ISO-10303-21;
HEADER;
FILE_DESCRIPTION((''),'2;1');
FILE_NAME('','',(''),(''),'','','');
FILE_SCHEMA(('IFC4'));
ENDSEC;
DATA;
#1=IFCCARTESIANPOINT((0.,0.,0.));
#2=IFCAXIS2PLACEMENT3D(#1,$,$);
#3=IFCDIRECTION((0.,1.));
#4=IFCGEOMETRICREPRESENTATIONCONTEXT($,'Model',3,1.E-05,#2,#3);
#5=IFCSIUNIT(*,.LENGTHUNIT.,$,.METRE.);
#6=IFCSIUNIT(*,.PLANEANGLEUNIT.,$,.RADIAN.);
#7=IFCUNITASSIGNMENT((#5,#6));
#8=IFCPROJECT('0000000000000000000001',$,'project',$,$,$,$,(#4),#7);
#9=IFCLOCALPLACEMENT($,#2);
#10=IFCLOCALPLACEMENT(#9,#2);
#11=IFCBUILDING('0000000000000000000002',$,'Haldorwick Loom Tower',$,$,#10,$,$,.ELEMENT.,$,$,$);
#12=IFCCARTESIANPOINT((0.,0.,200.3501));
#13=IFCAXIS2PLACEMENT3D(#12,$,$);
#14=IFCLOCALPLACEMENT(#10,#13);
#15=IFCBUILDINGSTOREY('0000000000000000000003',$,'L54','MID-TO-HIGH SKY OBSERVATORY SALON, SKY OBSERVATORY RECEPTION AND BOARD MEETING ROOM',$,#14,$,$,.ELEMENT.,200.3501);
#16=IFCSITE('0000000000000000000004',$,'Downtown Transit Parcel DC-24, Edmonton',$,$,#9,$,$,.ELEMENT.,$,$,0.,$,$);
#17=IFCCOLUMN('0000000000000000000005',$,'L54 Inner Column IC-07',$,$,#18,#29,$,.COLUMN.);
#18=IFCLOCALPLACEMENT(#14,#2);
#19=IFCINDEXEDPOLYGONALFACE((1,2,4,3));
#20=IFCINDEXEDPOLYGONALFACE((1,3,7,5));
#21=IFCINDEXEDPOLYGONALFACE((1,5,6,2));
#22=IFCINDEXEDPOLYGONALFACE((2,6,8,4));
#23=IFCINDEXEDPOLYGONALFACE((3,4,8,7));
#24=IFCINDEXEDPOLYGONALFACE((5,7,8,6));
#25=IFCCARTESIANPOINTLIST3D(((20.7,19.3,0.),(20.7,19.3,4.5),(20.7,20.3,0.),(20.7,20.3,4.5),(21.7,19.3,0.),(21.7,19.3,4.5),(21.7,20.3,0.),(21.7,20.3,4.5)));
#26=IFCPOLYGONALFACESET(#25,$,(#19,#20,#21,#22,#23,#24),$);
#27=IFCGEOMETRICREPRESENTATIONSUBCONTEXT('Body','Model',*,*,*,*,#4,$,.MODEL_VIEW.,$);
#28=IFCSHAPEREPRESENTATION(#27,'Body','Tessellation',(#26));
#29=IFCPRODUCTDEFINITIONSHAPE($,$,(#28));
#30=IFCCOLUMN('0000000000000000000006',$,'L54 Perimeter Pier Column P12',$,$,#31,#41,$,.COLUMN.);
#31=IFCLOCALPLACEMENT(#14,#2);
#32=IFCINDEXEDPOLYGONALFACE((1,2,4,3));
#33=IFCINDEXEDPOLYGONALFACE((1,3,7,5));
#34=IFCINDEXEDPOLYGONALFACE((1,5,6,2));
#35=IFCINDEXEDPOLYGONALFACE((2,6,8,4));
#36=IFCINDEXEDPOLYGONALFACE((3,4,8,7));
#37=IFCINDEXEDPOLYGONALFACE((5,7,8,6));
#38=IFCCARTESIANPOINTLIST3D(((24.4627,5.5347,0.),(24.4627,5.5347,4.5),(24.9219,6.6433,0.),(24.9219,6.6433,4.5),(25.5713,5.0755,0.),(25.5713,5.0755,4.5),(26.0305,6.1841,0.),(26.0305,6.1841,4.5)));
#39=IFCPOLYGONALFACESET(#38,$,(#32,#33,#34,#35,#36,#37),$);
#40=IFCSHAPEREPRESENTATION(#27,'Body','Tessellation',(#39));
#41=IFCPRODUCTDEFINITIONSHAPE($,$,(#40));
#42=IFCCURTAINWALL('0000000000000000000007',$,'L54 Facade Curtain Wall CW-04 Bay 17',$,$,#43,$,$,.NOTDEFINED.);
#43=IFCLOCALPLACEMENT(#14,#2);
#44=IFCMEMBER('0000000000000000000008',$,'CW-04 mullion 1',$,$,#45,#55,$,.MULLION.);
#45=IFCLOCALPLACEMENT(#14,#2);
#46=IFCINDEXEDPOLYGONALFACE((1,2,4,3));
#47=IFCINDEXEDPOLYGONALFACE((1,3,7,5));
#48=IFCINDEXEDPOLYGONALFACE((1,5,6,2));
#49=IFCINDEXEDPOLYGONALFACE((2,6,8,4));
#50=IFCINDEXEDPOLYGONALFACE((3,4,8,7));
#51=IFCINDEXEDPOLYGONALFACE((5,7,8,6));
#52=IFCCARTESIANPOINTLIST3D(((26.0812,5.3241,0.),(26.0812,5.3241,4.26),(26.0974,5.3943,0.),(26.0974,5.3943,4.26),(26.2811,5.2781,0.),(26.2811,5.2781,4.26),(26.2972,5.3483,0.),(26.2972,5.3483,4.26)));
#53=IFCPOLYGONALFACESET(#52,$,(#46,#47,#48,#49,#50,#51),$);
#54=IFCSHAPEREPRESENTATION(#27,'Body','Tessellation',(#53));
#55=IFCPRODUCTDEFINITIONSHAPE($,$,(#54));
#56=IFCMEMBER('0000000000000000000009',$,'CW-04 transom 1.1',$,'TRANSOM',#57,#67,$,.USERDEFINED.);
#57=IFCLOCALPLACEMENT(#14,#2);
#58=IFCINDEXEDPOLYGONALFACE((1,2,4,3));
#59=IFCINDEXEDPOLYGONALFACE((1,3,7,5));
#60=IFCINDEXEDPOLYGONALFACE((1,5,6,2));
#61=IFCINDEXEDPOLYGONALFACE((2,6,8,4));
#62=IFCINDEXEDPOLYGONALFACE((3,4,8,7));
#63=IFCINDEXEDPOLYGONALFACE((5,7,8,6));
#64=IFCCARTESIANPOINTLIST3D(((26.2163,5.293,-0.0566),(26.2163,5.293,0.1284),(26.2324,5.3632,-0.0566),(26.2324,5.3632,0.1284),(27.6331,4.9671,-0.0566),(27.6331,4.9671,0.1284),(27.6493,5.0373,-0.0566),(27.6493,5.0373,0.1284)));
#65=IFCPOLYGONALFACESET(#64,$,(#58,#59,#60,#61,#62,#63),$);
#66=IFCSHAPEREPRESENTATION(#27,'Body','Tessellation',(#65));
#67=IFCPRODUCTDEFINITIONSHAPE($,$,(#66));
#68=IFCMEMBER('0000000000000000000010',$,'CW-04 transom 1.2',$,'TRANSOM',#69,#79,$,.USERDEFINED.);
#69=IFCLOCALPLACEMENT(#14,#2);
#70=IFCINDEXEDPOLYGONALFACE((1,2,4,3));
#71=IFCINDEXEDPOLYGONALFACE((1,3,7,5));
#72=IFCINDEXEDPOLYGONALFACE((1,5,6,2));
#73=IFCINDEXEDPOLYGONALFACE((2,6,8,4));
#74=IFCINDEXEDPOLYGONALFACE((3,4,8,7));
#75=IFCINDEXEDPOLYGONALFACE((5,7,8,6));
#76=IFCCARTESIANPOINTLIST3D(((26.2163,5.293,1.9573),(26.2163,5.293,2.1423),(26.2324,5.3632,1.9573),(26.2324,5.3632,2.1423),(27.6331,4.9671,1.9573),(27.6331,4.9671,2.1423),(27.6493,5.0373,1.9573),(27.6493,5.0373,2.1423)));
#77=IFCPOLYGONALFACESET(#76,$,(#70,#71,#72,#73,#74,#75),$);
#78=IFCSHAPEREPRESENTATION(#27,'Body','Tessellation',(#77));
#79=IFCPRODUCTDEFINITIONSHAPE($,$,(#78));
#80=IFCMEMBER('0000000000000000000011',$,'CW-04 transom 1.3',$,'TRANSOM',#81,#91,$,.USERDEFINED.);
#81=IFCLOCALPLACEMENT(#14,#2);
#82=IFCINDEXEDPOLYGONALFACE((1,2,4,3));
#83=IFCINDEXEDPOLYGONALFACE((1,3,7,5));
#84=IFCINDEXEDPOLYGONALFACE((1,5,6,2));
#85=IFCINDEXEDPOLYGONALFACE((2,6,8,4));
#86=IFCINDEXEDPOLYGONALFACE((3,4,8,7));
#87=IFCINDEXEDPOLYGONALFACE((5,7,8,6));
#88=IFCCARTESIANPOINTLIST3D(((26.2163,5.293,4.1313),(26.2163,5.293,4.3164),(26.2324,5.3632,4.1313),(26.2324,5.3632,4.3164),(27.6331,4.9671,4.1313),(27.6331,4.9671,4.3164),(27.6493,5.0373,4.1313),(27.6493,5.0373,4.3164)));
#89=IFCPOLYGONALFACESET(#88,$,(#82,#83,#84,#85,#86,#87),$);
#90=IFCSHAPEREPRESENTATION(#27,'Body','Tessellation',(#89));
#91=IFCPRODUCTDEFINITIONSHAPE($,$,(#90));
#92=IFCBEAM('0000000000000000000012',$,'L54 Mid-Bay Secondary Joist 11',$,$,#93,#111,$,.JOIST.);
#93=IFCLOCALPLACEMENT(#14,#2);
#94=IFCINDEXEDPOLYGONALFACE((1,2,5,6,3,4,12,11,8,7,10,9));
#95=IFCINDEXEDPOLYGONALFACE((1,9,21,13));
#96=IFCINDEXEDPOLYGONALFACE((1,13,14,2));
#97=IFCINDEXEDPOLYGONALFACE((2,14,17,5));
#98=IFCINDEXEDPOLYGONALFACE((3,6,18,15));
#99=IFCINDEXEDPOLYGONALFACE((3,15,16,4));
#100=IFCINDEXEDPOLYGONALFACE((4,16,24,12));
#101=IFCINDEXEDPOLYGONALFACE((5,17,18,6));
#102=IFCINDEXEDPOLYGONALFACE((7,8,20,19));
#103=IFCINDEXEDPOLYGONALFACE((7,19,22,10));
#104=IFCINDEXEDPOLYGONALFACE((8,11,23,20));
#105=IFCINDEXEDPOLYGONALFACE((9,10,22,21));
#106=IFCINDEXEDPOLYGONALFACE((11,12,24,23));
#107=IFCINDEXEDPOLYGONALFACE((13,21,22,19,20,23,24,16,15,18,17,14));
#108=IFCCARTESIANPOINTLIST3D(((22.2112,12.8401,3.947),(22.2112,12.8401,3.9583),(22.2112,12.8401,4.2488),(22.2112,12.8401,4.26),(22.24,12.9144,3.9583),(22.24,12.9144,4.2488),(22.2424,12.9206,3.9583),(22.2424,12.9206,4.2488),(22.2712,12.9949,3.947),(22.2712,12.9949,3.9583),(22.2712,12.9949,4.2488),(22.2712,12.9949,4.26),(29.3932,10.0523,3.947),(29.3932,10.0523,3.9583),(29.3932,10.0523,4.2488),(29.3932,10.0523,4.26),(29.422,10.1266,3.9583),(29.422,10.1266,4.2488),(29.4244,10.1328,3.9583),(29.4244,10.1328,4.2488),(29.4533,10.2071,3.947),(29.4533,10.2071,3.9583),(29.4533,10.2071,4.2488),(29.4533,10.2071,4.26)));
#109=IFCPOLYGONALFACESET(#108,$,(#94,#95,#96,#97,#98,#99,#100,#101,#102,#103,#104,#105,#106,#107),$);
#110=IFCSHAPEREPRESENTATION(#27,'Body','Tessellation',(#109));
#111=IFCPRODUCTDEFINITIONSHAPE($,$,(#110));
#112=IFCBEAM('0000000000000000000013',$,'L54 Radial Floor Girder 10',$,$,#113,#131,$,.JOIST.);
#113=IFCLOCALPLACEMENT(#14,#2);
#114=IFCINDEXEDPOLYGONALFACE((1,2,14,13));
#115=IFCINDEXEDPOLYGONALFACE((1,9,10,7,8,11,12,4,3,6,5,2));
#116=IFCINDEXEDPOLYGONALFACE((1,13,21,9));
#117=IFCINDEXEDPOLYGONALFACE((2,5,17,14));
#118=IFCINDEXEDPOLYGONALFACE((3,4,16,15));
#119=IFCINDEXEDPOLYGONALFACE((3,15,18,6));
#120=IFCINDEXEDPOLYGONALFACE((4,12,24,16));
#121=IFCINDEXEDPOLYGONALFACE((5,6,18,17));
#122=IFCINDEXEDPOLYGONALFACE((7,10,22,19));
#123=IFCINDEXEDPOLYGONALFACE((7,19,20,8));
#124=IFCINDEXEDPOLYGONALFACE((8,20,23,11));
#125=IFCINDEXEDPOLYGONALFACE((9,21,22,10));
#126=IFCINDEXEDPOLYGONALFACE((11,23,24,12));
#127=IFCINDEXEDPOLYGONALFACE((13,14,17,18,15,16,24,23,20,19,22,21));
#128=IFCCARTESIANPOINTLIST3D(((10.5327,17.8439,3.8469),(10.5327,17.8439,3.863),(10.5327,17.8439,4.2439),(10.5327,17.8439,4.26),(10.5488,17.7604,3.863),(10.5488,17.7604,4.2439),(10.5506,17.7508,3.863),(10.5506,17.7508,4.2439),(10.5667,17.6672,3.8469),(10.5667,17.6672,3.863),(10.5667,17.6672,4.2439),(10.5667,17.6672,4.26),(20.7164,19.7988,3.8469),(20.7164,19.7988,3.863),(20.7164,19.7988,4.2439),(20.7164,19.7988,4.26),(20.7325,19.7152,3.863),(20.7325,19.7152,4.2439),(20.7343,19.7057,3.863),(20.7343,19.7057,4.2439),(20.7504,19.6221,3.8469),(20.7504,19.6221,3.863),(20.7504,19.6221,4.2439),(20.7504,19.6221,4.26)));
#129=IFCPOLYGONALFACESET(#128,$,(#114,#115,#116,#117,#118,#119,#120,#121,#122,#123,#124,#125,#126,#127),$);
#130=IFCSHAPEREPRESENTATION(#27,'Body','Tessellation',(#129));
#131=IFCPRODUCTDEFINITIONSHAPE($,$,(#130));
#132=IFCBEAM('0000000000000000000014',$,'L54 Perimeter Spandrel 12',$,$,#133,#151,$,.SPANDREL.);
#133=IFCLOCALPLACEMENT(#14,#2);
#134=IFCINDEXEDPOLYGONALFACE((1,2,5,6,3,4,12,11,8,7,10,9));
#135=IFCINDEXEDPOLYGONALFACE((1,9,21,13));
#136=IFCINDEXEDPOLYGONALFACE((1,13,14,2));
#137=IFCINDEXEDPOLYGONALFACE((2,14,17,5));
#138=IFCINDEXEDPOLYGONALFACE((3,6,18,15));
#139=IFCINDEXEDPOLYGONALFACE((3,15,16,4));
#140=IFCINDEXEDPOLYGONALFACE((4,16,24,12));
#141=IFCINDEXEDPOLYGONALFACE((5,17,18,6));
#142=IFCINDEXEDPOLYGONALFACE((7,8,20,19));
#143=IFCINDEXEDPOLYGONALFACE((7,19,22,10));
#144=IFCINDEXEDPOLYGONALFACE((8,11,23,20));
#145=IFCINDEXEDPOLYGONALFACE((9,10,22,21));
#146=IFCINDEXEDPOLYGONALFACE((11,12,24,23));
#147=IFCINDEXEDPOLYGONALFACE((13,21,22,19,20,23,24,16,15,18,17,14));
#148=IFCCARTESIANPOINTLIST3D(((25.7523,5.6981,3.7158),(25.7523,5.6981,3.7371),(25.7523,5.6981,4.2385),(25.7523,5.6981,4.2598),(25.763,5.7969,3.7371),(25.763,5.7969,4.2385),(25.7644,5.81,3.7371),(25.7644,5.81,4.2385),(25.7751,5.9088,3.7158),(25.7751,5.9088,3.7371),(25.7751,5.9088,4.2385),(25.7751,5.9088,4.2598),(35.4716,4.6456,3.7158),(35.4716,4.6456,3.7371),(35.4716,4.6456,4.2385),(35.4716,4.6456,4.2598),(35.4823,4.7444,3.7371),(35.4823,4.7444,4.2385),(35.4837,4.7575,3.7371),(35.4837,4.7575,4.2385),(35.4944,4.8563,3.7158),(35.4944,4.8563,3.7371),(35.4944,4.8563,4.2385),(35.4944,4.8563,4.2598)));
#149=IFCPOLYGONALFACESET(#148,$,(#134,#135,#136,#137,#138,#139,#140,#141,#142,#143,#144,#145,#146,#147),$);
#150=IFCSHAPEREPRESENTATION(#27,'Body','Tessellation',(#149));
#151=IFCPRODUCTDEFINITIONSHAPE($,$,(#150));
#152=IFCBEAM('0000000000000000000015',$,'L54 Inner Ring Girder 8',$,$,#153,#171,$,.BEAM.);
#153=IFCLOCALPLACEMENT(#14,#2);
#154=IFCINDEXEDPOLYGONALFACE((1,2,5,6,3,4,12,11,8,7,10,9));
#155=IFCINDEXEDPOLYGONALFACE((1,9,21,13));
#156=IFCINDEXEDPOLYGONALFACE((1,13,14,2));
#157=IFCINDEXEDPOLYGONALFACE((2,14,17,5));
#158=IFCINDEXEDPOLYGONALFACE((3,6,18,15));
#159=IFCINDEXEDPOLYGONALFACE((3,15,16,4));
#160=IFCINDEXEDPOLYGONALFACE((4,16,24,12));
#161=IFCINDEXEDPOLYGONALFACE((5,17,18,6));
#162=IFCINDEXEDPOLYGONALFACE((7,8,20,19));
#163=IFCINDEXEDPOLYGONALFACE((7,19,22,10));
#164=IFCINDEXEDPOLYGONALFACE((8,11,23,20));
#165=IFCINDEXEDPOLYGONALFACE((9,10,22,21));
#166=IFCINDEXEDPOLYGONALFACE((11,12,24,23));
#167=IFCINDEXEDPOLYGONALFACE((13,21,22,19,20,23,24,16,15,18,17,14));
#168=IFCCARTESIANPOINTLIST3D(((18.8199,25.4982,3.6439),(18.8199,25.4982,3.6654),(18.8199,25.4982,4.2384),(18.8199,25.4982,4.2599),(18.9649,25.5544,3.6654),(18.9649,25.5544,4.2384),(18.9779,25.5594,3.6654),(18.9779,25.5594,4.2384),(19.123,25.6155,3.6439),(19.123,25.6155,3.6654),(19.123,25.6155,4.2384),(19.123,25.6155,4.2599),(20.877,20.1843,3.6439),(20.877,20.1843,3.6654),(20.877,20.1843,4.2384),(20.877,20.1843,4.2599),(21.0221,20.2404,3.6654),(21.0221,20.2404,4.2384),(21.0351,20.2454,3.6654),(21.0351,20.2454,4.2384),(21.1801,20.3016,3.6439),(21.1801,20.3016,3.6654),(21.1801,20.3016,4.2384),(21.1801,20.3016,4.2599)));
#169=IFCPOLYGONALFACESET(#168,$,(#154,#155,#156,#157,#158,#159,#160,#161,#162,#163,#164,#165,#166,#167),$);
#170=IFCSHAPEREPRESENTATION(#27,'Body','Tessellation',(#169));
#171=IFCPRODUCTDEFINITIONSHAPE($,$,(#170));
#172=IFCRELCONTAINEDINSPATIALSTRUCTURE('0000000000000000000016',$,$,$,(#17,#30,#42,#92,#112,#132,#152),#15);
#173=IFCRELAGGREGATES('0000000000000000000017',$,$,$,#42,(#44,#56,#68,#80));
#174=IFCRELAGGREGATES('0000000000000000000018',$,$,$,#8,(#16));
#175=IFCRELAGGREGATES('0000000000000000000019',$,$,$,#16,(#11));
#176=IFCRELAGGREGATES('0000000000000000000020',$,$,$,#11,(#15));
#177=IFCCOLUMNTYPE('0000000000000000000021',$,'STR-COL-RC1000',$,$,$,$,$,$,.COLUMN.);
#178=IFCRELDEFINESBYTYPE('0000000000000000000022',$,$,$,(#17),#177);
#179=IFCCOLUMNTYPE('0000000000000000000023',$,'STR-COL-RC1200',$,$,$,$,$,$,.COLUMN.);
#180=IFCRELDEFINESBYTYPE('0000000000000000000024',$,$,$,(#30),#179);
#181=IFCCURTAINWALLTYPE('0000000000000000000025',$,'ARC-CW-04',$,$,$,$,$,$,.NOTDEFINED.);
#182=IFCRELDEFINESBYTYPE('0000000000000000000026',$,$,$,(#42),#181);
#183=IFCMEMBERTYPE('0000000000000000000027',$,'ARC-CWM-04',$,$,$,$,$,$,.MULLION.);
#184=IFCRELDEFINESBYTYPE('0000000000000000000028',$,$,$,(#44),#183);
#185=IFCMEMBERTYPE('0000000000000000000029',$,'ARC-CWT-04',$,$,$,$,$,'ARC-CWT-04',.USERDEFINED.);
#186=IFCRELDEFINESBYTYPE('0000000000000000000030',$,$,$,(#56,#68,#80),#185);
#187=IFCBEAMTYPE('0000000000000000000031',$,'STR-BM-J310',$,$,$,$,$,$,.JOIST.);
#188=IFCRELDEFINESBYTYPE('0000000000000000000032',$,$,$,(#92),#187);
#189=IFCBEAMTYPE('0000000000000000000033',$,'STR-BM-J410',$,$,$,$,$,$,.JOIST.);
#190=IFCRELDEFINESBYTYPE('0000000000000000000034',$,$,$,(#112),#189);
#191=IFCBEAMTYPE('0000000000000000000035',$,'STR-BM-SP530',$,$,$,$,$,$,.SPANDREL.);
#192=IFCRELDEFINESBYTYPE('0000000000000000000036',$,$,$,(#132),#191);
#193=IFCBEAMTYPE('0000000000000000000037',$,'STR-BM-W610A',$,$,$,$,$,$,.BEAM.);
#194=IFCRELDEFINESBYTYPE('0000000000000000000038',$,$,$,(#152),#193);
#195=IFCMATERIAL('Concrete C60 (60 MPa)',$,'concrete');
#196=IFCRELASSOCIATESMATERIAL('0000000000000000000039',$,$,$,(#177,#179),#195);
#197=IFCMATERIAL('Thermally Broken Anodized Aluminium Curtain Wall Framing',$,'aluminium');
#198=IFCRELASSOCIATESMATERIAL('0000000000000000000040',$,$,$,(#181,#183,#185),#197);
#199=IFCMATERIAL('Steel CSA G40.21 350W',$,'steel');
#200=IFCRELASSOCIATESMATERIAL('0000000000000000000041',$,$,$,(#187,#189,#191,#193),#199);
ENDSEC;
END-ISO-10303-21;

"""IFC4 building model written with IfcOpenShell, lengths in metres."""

from ifc_helpers import new_model, si_unit, direction, frame, origin, origin_2d, place, context, subcontext, project, spatial, rectangle, i_section, extrude, material, material_profile, profile_set, type_object, element, aggregate, save


model = new_model("IFC4")

# Units and contexts
model_context = context("Model", 3, precision=1e-05, world=origin(), true_north=direction((0.0, 1.0)))
body_context = subcontext(model_context, "Body", "Model", "MODEL_VIEW")
ifc_project = project(units=[si_unit("LENGTHUNIT", "METRE"), si_unit("PLANEANGLEUNIT", "RADIAN")], contexts=[model_context])

# Site, building, storey
site_placement = place(None, origin())
site = spatial("IfcSite", under=ifc_project, at=site_placement, Name="Downtown Transit Parcel DC-24, Edmonton", CompositionType="ELEMENT", RefElevation=0.0)
building_placement = place(site_placement, origin())
building = spatial("IfcBuilding", under=site, at=building_placement, Name="Haldorwick Loom Tower", CompositionType="ELEMENT")
storey_placement = place(building_placement, frame((0.0, 0.0, 200.3501)))
storey = spatial("IfcBuildingStorey", under=building, at=storey_placement, Name="L54", Description="MID-TO-HIGH SKY OBSERVATORY SALON, SKY OBSERVATORY RECEPTION AND BOARD MEETING ROOM", CompositionType="ELEMENT", Elevation=200.3501)

# Columns
ifc_material_1 = material(Name="Concrete C60 (60 MPa)", Category="concrete")
ifc_material_profile_1 = material_profile(ifc_material_1, rectangle(XDim=1.0, YDim=1.0, at=origin_2d()), Name="RC1000X1000", Category="concrete")
ifc_profile_set_1 = profile_set([ifc_material_profile_1], Name="Concrete C60 (60 MPa)")
column_type_1 = type_object("IfcColumnType", Name="STR-COL-RC1000", PredefinedType="COLUMN", material=ifc_profile_set_1)
column_1_placement = place(storey_placement, frame((21.2, 19.8, 0.0), z_axis=(0.0, 0.0, 1.0), x_axis=(1.0, 0.0, 0.0)))
element("IfcColumn", 1, at=column_1_placement, inside=storey, type_object=column_type_1, Name="L54 Inner Column IC-07", PredefinedType="COLUMN", context=body_context, shape_type="SweptSolid", body=[
    extrude(rectangle(XDim=1.0, YDim=1.0, at=origin_2d()), origin(), (0.0, 0.0, 1.0), 4.5),
])
ifc_material_profile_2 = material_profile(ifc_material_1, rectangle(XDim=1.2, YDim=1.2, at=origin_2d()), Name="RC1200X1200", Category="concrete")
ifc_profile_set_2 = profile_set([ifc_material_profile_2], Name="Concrete C60 (60 MPa)")
column_type_2 = type_object("IfcColumnType", Name="STR-COL-RC1200", PredefinedType="COLUMN", material=ifc_profile_set_2)
column_2_placement = place(storey_placement, frame((25.2466, 5.8594, 0.0), z_axis=(0.0, 0.0, 1.0), x_axis=(-0.382683, -0.92388, 0.0)))
element("IfcColumn", 2, at=column_2_placement, inside=storey, type_object=column_type_2, Name="L54 Perimeter Pier Column P12", PredefinedType="COLUMN", context=body_context, shape_type="SweptSolid", body=[
    extrude(rectangle(XDim=1.2, YDim=1.2, at=origin_2d()), origin(), (0.0, 0.0, 1.0), 4.5),
])

# Curtain wall, members
ifc_material_2 = material(Name="Thermally Broken Anodized Aluminium Curtain Wall Framing", Category="aluminium")
curtain_wall_type = type_object("IfcCurtainWallType", Name="ARC-CW-04", PredefinedType="NOTDEFINED", material=ifc_material_2)
curtain_wall_placement = place(storey_placement, origin())
curtain_wall = element("IfcCurtainWall", 3, at=curtain_wall_placement, inside=storey, type_object=curtain_wall_type, Name="L54 Facade Curtain Wall CW-04 Bay 17", PredefinedType="NOTDEFINED")
ifc_material_profile_3 = material_profile(ifc_material_2, rectangle(XDim=0.072, YDim=0.2051, at=origin_2d()), Name="ALU_MUL_72X205", Category="aluminium")
ifc_profile_set_3 = profile_set([ifc_material_profile_3], Name="Thermally Broken Anodized Aluminium Curtain Wall Framing")
member_type_1 = type_object("IfcMemberType", Name="ARC-CWM-04", PredefinedType="MULLION", material=ifc_profile_set_3)
member_1_placement = place(storey_placement, frame((26.1892, 5.3362, 0.0), z_axis=(0.0, 0.0, 1.0), x_axis=(0.224142, 0.974557, 0.0)))
member_1 = element("IfcMember", 4, at=member_1_placement, type_object=member_type_1, Name="CW-04 mullion 1", PredefinedType="MULLION", context=body_context, shape_type="SweptSolid", body=[
    extrude(rectangle(XDim=0.072, YDim=0.2051, at=origin_2d()), origin(), (0.0, 0.0, 1.0), 4.26),
])
ifc_material_profile_4 = material_profile(ifc_material_2, rectangle(XDim=0.072, YDim=0.1851, at=origin_2d()), Name="ALU_TRN_72X185", Category="aluminium")
ifc_profile_set_4 = profile_set([ifc_material_profile_4], Name="Thermally Broken Anodized Aluminium Curtain Wall Framing")
member_type_2 = type_object("IfcMemberType", Name="ARC-CWT-04", ElementType="ARC-CWT-04", PredefinedType="USERDEFINED", material=ifc_profile_set_4)
member_2_placement = place(storey_placement, frame((26.2244, 5.3281, 0.0359), z_axis=(0.974544, -0.224197, 0.0), x_axis=(0.224197, 0.974544, 0.0)))
member_2 = element("IfcMember", 5, at=member_2_placement, type_object=member_type_2, Name="CW-04 transom 1.1", ObjectType="TRANSOM", PredefinedType="USERDEFINED", context=body_context, shape_type="SweptSolid", body=[
    extrude(rectangle(XDim=0.072, YDim=0.1851, at=origin_2d()), origin(), (0.0, 0.0, 1.0), 1.4539),
])
member_3_placement = place(storey_placement, frame((26.2244, 5.3281, 2.0498), z_axis=(0.974544, -0.224197, 0.0), x_axis=(0.224197, 0.974544, 0.0)))
member_3 = element("IfcMember", 6, at=member_3_placement, type_object=member_type_2, Name="CW-04 transom 1.2", ObjectType="TRANSOM", PredefinedType="USERDEFINED", context=body_context, shape_type="SweptSolid", body=[
    extrude(rectangle(XDim=0.072, YDim=0.1851, at=origin_2d()), origin(), (0.0, 0.0, 1.0), 1.4539),
])
member_4_placement = place(storey_placement, frame((26.2244, 5.3281, 4.2239), z_axis=(0.974544, -0.224197, 0.0), x_axis=(0.224197, 0.974544, 0.0)))
member_4 = element("IfcMember", 7, at=member_4_placement, type_object=member_type_2, Name="CW-04 transom 1.3", ObjectType="TRANSOM", PredefinedType="USERDEFINED", context=body_context, shape_type="SweptSolid", body=[
    extrude(rectangle(XDim=0.072, YDim=0.1851, at=origin_2d()), origin(), (0.0, 0.0, 1.0), 1.4539),
])

# Beams
ifc_material_3 = material(Name="Steel CSA G40.21 350W", Category="steel")
ifc_material_profile_5 = material_profile(ifc_material_3, i_section(OverallWidth=0.166, OverallDepth=0.313, WebThickness=0.0066, FlangeThickness=0.0112, at=origin_2d()), Name="W310X45", Category="steel")
ifc_profile_set_5 = profile_set([ifc_material_profile_5], Name="Steel CSA G40.21 350W")
beam_type_1 = type_object("IfcBeamType", Name="STR-BM-J310", PredefinedType="JOIST", material=ifc_profile_set_5)
beam_1_placement = place(storey_placement, frame((22.2412, 12.9175, 4.1035), z_axis=(0.932233, -0.361859, 0.0), x_axis=(0.361859, 0.932233, 0.0)))
element("IfcBeam", 8, at=beam_1_placement, inside=storey, type_object=beam_type_1, Name="L54 Mid-Bay Secondary Joist 11", PredefinedType="JOIST", context=body_context, shape_type="SweptSolid", body=[
    extrude(i_section(OverallWidth=0.166, OverallDepth=0.313, WebThickness=0.0066, FlangeThickness=0.0112, at=origin_2d()), origin(), (0.0, 0.0, 1.0), 7.7041),
])
ifc_material_profile_6 = material_profile(ifc_material_3, i_section(OverallWidth=0.1799, OverallDepth=0.4131, WebThickness=0.0098, FlangeThickness=0.0161, at=origin_2d()), Name="W410X74", Category="steel")
ifc_profile_set_6 = profile_set([ifc_material_profile_6], Name="Steel CSA G40.21 350W")
beam_type_2 = type_object("IfcBeamType", Name="STR-BM-J410", PredefinedType="JOIST", material=ifc_profile_set_6)
beam_2_placement = place(storey_placement, frame((20.7334, 19.7104, 4.0535), z_axis=(-0.98207, -0.188517, 0.0), x_axis=(0.188517, -0.98207, 0.0)))
element("IfcBeam", 9, at=beam_2_placement, inside=storey, type_object=beam_type_2, Name="L54 Radial Floor Girder 10", PredefinedType="JOIST", context=body_context, shape_type="SweptSolid", body=[
    extrude(i_section(OverallWidth=0.1799, OverallDepth=0.4131, WebThickness=0.0098, FlangeThickness=0.0161, at=origin_2d()), origin(), (0.0, 0.0, 1.0), 10.3696),
])
ifc_material_profile_7 = material_profile(ifc_material_3, i_section(OverallWidth=0.2119, OverallDepth=0.5439, WebThickness=0.0132, FlangeThickness=0.0212, at=origin_2d()), Name="W530X123", Category="steel")
ifc_profile_set_7 = profile_set([ifc_material_profile_7], Name="Steel CSA G40.21 350W")
beam_type_3 = type_object("IfcBeamType", Name="STR-BM-SP530", PredefinedType="SPANDREL", material=ifc_profile_set_7)
beam_3_placement = place(storey_placement, frame((25.7637, 5.8035, 3.9878), z_axis=(0.994188, -0.10766, 0.0), x_axis=(0.10766, 0.994188, 0.0)))
element("IfcBeam", 10, at=beam_3_placement, inside=storey, type_object=beam_type_3, Name="L54 Perimeter Spandrel 12", PredefinedType="SPANDREL", context=body_context, shape_type="SweptSolid", body=[
    extrude(i_section(OverallWidth=0.2119, OverallDepth=0.5439, WebThickness=0.0132, FlangeThickness=0.0212, at=origin_2d()), origin(), (0.0, 0.0, 1.0), 9.7761),
])
ifc_material_profile_8 = material_profile(ifc_material_3, i_section(OverallWidth=0.325, OverallDepth=0.616, WebThickness=0.0139, FlangeThickness=0.0215, at=origin_2d()), Name="W610X174", Category="steel")
ifc_profile_set_8 = profile_set([ifc_material_profile_8], Name="Steel CSA G40.21 350W")
beam_type_4 = type_object("IfcBeamType", Name="STR-BM-W610A", PredefinedType="BEAM", material=ifc_profile_set_8)
beam_4_placement = place(storey_placement, frame((21.0286, 20.2429, 3.9519), z_axis=(-0.361011, 0.932562, 0.0), x_axis=(-0.932562, -0.361011, 0.0)))
element("IfcBeam", 11, at=beam_4_placement, inside=storey, type_object=beam_type_4, Name="L54 Inner Ring Girder 8", PredefinedType="BEAM", context=body_context, shape_type="SweptSolid", body=[
    extrude(i_section(OverallWidth=0.325, OverallDepth=0.616, WebThickness=0.0139, FlangeThickness=0.0215, at=origin_2d()), origin(), (0.0, 0.0, 1.0), 5.6982),
])

aggregate(curtain_wall, [member_1, member_2, member_3, member_4])

save(model, "model.ifc")
